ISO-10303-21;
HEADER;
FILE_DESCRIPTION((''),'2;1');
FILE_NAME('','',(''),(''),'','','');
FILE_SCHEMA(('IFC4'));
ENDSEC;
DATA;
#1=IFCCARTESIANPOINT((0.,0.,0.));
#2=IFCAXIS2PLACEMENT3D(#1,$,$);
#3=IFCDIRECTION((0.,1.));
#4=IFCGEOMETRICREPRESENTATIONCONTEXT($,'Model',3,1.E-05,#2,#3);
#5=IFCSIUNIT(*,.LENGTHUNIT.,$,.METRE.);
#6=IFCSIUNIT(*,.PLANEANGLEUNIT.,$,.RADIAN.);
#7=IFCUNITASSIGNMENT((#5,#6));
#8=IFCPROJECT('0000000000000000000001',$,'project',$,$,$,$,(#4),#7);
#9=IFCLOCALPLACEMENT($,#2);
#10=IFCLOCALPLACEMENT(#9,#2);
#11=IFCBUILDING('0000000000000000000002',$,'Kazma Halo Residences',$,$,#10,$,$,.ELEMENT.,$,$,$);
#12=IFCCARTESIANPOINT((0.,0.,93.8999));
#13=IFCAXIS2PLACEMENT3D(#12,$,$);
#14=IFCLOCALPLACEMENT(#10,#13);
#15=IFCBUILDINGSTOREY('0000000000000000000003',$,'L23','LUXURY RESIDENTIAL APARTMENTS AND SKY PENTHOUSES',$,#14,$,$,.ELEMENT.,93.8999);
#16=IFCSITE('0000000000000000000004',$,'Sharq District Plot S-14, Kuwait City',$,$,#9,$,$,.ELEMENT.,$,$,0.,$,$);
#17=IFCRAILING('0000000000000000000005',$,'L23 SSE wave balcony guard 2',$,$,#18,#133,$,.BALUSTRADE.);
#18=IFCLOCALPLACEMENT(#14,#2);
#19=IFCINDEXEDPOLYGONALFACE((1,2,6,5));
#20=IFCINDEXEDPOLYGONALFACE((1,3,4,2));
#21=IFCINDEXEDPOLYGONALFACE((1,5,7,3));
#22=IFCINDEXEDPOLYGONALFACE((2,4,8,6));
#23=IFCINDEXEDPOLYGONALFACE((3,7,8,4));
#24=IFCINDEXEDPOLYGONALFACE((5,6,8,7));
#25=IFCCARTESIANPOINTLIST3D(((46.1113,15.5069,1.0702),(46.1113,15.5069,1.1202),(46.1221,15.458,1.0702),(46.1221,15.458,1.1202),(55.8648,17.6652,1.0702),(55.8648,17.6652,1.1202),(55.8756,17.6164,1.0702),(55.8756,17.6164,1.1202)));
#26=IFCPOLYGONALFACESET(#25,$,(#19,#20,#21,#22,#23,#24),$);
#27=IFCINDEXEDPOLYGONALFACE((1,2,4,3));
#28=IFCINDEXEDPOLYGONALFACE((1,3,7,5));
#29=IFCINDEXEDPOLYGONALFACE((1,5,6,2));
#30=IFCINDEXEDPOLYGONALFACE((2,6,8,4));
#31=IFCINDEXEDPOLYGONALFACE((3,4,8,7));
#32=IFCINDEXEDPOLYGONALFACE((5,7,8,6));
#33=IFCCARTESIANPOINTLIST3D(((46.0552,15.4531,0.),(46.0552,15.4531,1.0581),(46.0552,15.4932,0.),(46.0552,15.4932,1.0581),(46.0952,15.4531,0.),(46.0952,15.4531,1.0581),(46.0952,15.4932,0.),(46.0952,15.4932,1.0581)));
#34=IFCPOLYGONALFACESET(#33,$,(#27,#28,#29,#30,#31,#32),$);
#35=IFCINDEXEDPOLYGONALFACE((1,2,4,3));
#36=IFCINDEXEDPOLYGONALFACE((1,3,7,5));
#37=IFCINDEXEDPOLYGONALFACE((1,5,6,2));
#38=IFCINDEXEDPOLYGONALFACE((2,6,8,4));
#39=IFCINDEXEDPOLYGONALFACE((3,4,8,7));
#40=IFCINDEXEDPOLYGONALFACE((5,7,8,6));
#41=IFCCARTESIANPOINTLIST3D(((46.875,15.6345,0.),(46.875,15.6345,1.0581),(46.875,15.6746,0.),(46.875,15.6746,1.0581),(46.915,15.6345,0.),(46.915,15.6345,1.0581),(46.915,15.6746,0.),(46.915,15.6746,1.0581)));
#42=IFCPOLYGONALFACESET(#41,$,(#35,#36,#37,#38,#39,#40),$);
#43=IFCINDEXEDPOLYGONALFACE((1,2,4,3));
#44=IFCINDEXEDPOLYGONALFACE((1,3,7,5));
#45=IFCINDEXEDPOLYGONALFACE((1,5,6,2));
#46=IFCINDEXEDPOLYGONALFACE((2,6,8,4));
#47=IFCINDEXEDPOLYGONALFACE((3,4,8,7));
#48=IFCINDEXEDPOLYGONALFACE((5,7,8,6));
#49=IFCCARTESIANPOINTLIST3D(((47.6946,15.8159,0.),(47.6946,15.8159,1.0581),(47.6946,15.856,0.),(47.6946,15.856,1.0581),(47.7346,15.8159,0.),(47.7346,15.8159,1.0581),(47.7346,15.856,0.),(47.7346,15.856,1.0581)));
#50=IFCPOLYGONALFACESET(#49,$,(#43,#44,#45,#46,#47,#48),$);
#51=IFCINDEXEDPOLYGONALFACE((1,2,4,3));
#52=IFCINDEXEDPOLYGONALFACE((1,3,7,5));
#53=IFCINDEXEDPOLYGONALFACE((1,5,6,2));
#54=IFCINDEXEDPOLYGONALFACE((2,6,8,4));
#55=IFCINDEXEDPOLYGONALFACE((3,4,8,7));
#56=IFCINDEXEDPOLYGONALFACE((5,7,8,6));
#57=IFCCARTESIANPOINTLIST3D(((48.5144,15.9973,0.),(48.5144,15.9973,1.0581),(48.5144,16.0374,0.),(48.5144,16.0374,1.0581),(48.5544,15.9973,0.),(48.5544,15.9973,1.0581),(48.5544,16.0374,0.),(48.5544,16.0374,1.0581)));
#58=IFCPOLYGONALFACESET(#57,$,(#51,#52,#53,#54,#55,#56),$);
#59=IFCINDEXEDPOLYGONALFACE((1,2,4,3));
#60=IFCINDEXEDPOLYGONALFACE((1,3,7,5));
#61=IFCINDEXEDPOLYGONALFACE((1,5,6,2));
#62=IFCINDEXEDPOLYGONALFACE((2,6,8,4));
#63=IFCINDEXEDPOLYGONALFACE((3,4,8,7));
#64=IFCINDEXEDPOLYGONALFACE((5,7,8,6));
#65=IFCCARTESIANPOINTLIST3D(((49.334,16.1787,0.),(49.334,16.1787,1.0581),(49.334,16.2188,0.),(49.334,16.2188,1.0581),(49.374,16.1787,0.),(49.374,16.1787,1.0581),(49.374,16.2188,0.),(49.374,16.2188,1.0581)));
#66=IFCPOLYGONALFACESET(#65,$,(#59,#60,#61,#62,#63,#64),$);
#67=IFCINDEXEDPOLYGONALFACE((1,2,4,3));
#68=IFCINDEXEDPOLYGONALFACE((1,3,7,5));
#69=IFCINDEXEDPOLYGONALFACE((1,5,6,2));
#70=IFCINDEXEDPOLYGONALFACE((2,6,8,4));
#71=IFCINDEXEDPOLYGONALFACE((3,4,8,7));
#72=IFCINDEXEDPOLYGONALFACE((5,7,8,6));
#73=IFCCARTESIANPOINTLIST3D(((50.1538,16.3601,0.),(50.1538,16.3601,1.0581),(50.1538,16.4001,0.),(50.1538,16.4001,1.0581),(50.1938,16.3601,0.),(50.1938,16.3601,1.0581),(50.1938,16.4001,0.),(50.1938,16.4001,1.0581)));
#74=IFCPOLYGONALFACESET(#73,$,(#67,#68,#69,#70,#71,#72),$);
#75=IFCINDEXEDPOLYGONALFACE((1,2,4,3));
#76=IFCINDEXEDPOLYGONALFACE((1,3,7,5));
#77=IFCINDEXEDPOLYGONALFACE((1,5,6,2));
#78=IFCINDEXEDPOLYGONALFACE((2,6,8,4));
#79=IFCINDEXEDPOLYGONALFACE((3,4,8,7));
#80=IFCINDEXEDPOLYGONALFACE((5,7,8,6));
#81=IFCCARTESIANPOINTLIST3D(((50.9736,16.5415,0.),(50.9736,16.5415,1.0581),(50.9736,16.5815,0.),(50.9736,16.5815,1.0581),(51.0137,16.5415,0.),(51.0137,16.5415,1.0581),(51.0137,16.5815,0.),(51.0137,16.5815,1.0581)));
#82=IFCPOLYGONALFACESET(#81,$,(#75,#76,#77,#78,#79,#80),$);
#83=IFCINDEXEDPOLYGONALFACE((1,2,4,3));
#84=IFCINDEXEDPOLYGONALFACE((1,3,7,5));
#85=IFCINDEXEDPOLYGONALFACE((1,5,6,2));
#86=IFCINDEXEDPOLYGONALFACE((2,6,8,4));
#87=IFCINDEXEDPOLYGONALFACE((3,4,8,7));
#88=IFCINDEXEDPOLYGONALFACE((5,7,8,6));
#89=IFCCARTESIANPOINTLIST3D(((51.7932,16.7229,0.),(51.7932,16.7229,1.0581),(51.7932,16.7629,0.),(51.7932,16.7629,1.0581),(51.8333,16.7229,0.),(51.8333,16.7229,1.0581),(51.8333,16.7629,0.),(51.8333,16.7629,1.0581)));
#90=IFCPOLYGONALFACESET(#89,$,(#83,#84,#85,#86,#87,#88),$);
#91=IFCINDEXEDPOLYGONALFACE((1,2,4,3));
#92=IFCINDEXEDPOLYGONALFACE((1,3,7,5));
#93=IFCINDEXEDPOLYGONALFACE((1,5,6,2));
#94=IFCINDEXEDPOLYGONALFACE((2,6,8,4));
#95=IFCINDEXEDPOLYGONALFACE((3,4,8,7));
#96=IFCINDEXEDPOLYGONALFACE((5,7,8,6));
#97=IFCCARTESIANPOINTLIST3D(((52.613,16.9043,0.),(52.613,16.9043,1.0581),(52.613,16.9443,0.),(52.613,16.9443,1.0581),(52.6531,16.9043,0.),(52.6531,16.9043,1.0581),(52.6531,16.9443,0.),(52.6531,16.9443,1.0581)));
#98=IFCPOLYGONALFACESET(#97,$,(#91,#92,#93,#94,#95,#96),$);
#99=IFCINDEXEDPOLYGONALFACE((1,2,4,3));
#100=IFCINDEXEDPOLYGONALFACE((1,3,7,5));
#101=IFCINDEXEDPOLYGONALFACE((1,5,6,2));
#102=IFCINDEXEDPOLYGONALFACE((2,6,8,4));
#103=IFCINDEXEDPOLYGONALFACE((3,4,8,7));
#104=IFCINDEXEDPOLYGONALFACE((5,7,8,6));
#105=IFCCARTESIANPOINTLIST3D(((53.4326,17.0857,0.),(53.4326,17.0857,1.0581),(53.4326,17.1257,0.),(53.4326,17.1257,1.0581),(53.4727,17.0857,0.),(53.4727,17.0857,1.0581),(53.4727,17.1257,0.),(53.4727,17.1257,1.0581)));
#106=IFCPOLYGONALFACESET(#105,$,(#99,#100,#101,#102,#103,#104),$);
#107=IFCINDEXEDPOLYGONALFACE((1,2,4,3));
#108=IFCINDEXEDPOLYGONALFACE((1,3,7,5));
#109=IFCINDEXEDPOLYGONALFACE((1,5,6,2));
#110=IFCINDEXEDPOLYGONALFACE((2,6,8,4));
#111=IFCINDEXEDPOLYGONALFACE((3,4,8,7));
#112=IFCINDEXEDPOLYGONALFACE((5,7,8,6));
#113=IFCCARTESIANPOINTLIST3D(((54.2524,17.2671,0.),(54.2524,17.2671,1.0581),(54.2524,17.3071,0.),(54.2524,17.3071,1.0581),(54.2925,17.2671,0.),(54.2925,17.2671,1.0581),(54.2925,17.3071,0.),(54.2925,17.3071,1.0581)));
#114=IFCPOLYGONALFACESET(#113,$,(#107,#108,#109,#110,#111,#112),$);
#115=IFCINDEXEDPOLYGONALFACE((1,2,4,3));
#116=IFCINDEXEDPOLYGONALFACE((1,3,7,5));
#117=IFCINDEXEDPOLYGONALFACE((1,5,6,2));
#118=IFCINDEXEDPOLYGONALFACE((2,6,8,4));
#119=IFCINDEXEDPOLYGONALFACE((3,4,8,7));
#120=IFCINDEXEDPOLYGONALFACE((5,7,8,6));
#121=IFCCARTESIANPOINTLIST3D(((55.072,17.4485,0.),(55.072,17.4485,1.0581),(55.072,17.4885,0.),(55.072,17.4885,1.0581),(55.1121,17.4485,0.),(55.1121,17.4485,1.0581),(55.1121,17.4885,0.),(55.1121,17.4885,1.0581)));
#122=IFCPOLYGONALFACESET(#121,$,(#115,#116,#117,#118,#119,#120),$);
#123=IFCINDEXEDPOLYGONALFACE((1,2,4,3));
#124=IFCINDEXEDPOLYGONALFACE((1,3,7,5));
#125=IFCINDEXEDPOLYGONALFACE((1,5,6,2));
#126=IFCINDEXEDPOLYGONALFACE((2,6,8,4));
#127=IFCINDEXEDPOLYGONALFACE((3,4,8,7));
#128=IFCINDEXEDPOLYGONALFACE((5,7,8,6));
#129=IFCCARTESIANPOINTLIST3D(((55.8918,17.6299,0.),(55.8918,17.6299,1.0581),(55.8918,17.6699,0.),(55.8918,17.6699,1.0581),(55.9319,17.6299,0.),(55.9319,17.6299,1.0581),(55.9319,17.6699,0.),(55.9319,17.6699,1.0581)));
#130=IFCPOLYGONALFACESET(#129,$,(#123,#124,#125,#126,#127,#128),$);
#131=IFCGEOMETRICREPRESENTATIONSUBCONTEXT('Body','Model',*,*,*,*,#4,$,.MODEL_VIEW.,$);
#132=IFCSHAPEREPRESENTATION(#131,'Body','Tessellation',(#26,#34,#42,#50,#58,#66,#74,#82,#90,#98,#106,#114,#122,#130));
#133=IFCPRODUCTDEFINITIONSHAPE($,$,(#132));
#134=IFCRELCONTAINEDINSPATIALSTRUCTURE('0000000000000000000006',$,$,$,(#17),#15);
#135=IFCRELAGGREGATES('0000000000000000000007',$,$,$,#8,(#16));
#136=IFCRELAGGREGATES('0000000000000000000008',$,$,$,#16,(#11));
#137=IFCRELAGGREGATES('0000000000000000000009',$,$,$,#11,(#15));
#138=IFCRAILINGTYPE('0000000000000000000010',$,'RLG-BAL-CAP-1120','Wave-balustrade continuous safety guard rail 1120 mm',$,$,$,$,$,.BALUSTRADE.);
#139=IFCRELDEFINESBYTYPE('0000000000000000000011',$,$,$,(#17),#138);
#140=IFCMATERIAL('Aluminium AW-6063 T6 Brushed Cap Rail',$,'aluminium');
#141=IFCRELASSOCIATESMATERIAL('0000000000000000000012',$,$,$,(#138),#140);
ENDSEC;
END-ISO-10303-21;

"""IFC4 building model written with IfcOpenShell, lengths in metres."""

from ifc_helpers import new_model, si_unit, direction, frame, origin, origin_2d, place, context, subcontext, project, spatial, rectangle, extrude, material, type_object, element, save


model = new_model("IFC4")

# Units and contexts
model_context = context("Model", 3, precision=1e-05, world=origin(), true_north=direction((0.0, 1.0)))
body_context = subcontext(model_context, "Body", "Model", "MODEL_VIEW")
ifc_project = project(units=[si_unit("LENGTHUNIT", "METRE"), si_unit("PLANEANGLEUNIT", "RADIAN")], contexts=[model_context])

# Site, building, storey
site_placement = place(None, origin())
site = spatial("IfcSite", under=ifc_project, at=site_placement, Name="Sharq District Plot S-14, Kuwait City", CompositionType="ELEMENT", RefElevation=0.0)
building_placement = place(site_placement, origin())
building = spatial("IfcBuilding", under=site, at=building_placement, Name="Kazma Halo Residences", CompositionType="ELEMENT")
storey_placement = place(building_placement, frame((0.0, 0.0, 93.8999)))
storey = spatial("IfcBuildingStorey", under=building, at=storey_placement, Name="L23", Description="LUXURY RESIDENTIAL APARTMENTS AND SKY PENTHOUSES", CompositionType="ELEMENT", Elevation=93.8999)

# Railing
ifc_material_1 = material(Name="Aluminium AW-6063 T6 Brushed Cap Rail", Category="aluminium")
railing_type = type_object("IfcRailingType", Name="RLG-BAL-CAP-1120", Description="Wave-balustrade continuous safety guard rail 1120 mm", PredefinedType="BALUSTRADE", material=ifc_material_1)
railing_1_placement = place(storey_placement, frame((46.0752, 15.4731, 0.0)))
element("IfcRailing", 1, at=railing_1_placement, inside=storey, type_object=railing_type, Name="L23 SSE wave balcony guard 2", PredefinedType="BALUSTRADE", context=body_context, shape_type="SweptSolid", body=[
    extrude(rectangle(XDim=0.05, YDim=0.05, at=origin_2d()), frame((0.0415, 0.0093, 1.0952), z_axis=(0.976379, 0.216063, 0.0), x_axis=(-0.216063, 0.976379, 0.0)), (0.0, 0.0, 1.0), 9.9895),
    extrude(rectangle(XDim=0.04, YDim=0.04, at=origin_2d()), origin(), (0.0, 0.0, 1.0), 1.0581),
    extrude(rectangle(XDim=0.04, YDim=0.04, at=origin_2d()), frame((0.8198, 0.1814, 0.0)), (0.0, 0.0, 1.0), 1.0581),
    extrude(rectangle(XDim=0.04, YDim=0.04, at=origin_2d()), frame((1.6394, 0.3628, 0.0)), (0.0, 0.0, 1.0), 1.0581),
    extrude(rectangle(XDim=0.04, YDim=0.04, at=origin_2d()), frame((2.4592, 0.5442, 0.0)), (0.0, 0.0, 1.0), 1.0581),
    extrude(rectangle(XDim=0.04, YDim=0.04, at=origin_2d()), frame((3.2788, 0.7256, 0.0)), (0.0, 0.0, 1.0), 1.0581),
    extrude(rectangle(XDim=0.04, YDim=0.04, at=origin_2d()), frame((4.0986, 0.907, 0.0)), (0.0, 0.0, 1.0), 1.0581),
    extrude(rectangle(XDim=0.04, YDim=0.04, at=origin_2d()), frame((4.9185, 1.0884, 0.0)), (0.0, 0.0, 1.0), 1.0581),
    extrude(rectangle(XDim=0.04, YDim=0.04, at=origin_2d()), frame((5.738, 1.2698, 0.0)), (0.0, 0.0, 1.0), 1.0581),
    extrude(rectangle(XDim=0.04, YDim=0.04, at=origin_2d()), frame((6.5579, 1.4512, 0.0)), (0.0, 0.0, 1.0), 1.0581),
    extrude(rectangle(XDim=0.04, YDim=0.04, at=origin_2d()), frame((7.3774, 1.6326, 0.0)), (0.0, 0.0, 1.0), 1.0581),
    extrude(rectangle(XDim=0.04, YDim=0.04, at=origin_2d()), frame((8.1973, 1.814, 0.0)), (0.0, 0.0, 1.0), 1.0581),
    extrude(rectangle(XDim=0.04, YDim=0.04, at=origin_2d()), frame((9.0168, 1.9954, 0.0)), (0.0, 0.0, 1.0), 1.0581),
    extrude(rectangle(XDim=0.04, YDim=0.04, at=origin_2d()), frame((9.8367, 2.1768, 0.0)), (0.0, 0.0, 1.0), 1.0581),
])

save(model, "model.ifc")
